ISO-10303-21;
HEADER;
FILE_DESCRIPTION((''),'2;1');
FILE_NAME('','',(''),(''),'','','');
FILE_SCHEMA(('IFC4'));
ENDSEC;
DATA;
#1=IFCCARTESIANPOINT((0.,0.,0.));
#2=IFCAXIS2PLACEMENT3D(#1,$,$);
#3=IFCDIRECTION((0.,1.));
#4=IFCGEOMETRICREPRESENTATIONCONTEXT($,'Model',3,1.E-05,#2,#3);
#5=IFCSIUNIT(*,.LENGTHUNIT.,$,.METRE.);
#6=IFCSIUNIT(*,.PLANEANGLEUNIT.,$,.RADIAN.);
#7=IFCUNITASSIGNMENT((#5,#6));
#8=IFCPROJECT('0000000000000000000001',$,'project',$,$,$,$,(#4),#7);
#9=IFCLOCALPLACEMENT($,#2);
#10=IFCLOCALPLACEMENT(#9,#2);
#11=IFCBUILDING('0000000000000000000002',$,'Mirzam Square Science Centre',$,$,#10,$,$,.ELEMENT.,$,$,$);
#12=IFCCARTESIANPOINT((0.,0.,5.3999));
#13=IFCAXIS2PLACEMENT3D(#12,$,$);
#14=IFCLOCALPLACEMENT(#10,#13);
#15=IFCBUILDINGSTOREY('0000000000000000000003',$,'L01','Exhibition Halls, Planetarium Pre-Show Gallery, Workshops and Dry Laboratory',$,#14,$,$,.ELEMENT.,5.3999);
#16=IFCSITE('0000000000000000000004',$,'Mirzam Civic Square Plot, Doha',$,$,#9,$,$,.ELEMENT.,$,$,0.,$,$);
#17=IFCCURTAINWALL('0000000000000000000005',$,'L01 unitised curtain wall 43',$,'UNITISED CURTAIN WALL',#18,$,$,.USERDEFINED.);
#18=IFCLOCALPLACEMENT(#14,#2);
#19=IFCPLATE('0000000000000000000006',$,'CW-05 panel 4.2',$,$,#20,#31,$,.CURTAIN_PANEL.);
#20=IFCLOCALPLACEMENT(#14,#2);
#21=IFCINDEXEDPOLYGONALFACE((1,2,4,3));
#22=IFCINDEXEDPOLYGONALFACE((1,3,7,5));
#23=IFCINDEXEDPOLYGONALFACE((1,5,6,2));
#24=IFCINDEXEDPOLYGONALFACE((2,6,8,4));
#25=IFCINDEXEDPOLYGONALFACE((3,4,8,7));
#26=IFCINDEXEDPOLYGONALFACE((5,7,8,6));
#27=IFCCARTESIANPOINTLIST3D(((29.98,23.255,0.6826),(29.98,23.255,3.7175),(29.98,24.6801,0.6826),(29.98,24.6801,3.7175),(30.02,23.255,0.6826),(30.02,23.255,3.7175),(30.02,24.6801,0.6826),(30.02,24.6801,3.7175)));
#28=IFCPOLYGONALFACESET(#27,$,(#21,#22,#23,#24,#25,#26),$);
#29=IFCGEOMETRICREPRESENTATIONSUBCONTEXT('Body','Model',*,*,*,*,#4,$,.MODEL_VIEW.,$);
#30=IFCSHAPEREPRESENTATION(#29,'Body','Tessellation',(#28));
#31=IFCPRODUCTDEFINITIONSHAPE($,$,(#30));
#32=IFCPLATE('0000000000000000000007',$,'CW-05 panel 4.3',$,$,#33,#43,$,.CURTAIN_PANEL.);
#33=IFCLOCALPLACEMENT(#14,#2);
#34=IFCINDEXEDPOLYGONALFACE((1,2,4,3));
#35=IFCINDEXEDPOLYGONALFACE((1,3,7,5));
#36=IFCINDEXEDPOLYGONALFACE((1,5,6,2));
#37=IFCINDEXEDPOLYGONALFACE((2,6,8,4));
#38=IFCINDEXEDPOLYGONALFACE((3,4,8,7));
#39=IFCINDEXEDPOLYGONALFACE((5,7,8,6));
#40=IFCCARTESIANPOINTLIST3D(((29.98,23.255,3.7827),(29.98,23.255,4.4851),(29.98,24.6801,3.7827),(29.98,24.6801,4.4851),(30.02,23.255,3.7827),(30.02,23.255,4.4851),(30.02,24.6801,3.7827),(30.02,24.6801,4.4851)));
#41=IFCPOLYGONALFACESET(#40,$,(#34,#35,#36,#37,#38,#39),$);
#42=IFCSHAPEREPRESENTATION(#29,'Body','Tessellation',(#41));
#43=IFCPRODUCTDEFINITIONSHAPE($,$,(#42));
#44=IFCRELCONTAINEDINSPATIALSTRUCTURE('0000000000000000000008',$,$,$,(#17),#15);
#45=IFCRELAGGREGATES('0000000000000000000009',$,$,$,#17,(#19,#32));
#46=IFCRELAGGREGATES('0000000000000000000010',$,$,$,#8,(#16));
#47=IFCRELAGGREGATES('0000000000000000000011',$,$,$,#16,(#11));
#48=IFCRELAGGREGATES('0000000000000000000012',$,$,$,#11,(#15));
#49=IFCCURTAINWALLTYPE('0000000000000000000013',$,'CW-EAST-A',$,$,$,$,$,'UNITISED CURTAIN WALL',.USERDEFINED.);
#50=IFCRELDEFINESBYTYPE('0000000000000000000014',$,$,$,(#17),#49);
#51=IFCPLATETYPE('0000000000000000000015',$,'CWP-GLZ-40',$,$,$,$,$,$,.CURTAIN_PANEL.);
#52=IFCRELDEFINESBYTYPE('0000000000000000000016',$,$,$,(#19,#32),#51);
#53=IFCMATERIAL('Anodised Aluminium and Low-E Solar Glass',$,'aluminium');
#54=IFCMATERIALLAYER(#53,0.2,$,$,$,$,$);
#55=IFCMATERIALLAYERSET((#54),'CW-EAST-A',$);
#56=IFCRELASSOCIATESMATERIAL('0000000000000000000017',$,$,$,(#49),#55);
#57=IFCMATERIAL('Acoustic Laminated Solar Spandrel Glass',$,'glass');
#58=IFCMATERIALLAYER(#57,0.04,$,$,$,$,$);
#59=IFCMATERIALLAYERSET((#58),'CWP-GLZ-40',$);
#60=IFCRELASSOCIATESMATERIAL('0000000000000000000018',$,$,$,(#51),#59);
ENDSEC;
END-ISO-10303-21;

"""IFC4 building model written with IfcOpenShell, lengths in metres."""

from ifc_helpers import new_model, si_unit, direction, frame, origin, origin_2d, place, context, subcontext, project, spatial, rectangle, extrude, material, layer, layer_set, type_object, element, aggregate, save


model = new_model("IFC4")

# Units and contexts
model_context = context("Model", 3, precision=1e-05, world=origin(), true_north=direction((0.0, 1.0)))
body_context = subcontext(model_context, "Body", "Model", "MODEL_VIEW")
ifc_project = project(units=[si_unit("LENGTHUNIT", "METRE"), si_unit("PLANEANGLEUNIT", "RADIAN")], contexts=[model_context])

# Site, building, storey
site_placement = place(None, origin())
site = spatial("IfcSite", under=ifc_project, at=site_placement, Name="Mirzam Civic Square Plot, Doha", CompositionType="ELEMENT", RefElevation=0.0)
building_placement = place(site_placement, origin())
building = spatial("IfcBuilding", under=site, at=building_placement, Name="Mirzam Square Science Centre", CompositionType="ELEMENT")
storey_placement = place(building_placement, frame((0.0, 0.0, 5.3999)))
storey = spatial("IfcBuildingStorey", under=building, at=storey_placement, Name="L01", Description="Exhibition Halls, Planetarium Pre-Show Gallery, Workshops and Dry Laboratory", CompositionType="ELEMENT", Elevation=5.3999)

# Curtain wall
ifc_material_1 = material(Name="Anodised Aluminium and Low-E Solar Glass", Category="aluminium")
ifc_layer_1 = layer(ifc_material_1, 0.2)
ifc_layer_set_1 = layer_set([ifc_layer_1], Name="CW-EAST-A")
curtain_wall_type_1 = type_object("IfcCurtainWallType", Name="CW-EAST-A", ElementType="UNITISED CURTAIN WALL", PredefinedType="USERDEFINED", material=ifc_layer_set_1)
curtain_wall_1_placement = place(storey_placement, origin())
curtain_wall_1 = element("IfcCurtainWall", 1, at=curtain_wall_1_placement, inside=storey, type_object=curtain_wall_type_1, Name="L01 unitised curtain wall 43", ObjectType="UNITISED CURTAIN WALL", PredefinedType="USERDEFINED")

# Plates
ifc_material_2 = material(Name="Acoustic Laminated Solar Spandrel Glass", Category="glass")
ifc_layer_2 = layer(ifc_material_2, 0.04)
ifc_layer_set_2 = layer_set([ifc_layer_2], Name="CWP-GLZ-40")
plate_type_1 = type_object("IfcPlateType", Name="CWP-GLZ-40", PredefinedType="CURTAIN_PANEL", material=ifc_layer_set_2)
plate_1_placement = place(storey_placement, frame((30.0, 23.9675, 0.6826), z_axis=(0.0, 0.0, 1.0), x_axis=(0.0, 1.0, 0.0)))
plate_1 = element("IfcPlate", 2, at=plate_1_placement, type_object=plate_type_1, Name="CW-05 panel 4.2", PredefinedType="CURTAIN_PANEL", context=body_context, shape_type="SweptSolid", body=[
    extrude(rectangle(XDim=1.425, YDim=0.04, at=origin_2d()), origin(), (0.0, 0.0, 1.0), 3.0349),
])
plate_2_placement = place(storey_placement, frame((30.0, 23.9675, 3.7827), z_axis=(0.0, 0.0, 1.0), x_axis=(0.0, 1.0, 0.0)))
plate_2 = element("IfcPlate", 3, at=plate_2_placement, type_object=plate_type_1, Name="CW-05 panel 4.3", PredefinedType="CURTAIN_PANEL", context=body_context, shape_type="SweptSolid", body=[
    extrude(rectangle(XDim=1.425, YDim=0.04, at=origin_2d()), origin(), (0.0, 0.0, 1.0), 0.7024),
])
aggregate(curtain_wall_1, [plate_1, plate_2])

save(model, "model.ifc")
